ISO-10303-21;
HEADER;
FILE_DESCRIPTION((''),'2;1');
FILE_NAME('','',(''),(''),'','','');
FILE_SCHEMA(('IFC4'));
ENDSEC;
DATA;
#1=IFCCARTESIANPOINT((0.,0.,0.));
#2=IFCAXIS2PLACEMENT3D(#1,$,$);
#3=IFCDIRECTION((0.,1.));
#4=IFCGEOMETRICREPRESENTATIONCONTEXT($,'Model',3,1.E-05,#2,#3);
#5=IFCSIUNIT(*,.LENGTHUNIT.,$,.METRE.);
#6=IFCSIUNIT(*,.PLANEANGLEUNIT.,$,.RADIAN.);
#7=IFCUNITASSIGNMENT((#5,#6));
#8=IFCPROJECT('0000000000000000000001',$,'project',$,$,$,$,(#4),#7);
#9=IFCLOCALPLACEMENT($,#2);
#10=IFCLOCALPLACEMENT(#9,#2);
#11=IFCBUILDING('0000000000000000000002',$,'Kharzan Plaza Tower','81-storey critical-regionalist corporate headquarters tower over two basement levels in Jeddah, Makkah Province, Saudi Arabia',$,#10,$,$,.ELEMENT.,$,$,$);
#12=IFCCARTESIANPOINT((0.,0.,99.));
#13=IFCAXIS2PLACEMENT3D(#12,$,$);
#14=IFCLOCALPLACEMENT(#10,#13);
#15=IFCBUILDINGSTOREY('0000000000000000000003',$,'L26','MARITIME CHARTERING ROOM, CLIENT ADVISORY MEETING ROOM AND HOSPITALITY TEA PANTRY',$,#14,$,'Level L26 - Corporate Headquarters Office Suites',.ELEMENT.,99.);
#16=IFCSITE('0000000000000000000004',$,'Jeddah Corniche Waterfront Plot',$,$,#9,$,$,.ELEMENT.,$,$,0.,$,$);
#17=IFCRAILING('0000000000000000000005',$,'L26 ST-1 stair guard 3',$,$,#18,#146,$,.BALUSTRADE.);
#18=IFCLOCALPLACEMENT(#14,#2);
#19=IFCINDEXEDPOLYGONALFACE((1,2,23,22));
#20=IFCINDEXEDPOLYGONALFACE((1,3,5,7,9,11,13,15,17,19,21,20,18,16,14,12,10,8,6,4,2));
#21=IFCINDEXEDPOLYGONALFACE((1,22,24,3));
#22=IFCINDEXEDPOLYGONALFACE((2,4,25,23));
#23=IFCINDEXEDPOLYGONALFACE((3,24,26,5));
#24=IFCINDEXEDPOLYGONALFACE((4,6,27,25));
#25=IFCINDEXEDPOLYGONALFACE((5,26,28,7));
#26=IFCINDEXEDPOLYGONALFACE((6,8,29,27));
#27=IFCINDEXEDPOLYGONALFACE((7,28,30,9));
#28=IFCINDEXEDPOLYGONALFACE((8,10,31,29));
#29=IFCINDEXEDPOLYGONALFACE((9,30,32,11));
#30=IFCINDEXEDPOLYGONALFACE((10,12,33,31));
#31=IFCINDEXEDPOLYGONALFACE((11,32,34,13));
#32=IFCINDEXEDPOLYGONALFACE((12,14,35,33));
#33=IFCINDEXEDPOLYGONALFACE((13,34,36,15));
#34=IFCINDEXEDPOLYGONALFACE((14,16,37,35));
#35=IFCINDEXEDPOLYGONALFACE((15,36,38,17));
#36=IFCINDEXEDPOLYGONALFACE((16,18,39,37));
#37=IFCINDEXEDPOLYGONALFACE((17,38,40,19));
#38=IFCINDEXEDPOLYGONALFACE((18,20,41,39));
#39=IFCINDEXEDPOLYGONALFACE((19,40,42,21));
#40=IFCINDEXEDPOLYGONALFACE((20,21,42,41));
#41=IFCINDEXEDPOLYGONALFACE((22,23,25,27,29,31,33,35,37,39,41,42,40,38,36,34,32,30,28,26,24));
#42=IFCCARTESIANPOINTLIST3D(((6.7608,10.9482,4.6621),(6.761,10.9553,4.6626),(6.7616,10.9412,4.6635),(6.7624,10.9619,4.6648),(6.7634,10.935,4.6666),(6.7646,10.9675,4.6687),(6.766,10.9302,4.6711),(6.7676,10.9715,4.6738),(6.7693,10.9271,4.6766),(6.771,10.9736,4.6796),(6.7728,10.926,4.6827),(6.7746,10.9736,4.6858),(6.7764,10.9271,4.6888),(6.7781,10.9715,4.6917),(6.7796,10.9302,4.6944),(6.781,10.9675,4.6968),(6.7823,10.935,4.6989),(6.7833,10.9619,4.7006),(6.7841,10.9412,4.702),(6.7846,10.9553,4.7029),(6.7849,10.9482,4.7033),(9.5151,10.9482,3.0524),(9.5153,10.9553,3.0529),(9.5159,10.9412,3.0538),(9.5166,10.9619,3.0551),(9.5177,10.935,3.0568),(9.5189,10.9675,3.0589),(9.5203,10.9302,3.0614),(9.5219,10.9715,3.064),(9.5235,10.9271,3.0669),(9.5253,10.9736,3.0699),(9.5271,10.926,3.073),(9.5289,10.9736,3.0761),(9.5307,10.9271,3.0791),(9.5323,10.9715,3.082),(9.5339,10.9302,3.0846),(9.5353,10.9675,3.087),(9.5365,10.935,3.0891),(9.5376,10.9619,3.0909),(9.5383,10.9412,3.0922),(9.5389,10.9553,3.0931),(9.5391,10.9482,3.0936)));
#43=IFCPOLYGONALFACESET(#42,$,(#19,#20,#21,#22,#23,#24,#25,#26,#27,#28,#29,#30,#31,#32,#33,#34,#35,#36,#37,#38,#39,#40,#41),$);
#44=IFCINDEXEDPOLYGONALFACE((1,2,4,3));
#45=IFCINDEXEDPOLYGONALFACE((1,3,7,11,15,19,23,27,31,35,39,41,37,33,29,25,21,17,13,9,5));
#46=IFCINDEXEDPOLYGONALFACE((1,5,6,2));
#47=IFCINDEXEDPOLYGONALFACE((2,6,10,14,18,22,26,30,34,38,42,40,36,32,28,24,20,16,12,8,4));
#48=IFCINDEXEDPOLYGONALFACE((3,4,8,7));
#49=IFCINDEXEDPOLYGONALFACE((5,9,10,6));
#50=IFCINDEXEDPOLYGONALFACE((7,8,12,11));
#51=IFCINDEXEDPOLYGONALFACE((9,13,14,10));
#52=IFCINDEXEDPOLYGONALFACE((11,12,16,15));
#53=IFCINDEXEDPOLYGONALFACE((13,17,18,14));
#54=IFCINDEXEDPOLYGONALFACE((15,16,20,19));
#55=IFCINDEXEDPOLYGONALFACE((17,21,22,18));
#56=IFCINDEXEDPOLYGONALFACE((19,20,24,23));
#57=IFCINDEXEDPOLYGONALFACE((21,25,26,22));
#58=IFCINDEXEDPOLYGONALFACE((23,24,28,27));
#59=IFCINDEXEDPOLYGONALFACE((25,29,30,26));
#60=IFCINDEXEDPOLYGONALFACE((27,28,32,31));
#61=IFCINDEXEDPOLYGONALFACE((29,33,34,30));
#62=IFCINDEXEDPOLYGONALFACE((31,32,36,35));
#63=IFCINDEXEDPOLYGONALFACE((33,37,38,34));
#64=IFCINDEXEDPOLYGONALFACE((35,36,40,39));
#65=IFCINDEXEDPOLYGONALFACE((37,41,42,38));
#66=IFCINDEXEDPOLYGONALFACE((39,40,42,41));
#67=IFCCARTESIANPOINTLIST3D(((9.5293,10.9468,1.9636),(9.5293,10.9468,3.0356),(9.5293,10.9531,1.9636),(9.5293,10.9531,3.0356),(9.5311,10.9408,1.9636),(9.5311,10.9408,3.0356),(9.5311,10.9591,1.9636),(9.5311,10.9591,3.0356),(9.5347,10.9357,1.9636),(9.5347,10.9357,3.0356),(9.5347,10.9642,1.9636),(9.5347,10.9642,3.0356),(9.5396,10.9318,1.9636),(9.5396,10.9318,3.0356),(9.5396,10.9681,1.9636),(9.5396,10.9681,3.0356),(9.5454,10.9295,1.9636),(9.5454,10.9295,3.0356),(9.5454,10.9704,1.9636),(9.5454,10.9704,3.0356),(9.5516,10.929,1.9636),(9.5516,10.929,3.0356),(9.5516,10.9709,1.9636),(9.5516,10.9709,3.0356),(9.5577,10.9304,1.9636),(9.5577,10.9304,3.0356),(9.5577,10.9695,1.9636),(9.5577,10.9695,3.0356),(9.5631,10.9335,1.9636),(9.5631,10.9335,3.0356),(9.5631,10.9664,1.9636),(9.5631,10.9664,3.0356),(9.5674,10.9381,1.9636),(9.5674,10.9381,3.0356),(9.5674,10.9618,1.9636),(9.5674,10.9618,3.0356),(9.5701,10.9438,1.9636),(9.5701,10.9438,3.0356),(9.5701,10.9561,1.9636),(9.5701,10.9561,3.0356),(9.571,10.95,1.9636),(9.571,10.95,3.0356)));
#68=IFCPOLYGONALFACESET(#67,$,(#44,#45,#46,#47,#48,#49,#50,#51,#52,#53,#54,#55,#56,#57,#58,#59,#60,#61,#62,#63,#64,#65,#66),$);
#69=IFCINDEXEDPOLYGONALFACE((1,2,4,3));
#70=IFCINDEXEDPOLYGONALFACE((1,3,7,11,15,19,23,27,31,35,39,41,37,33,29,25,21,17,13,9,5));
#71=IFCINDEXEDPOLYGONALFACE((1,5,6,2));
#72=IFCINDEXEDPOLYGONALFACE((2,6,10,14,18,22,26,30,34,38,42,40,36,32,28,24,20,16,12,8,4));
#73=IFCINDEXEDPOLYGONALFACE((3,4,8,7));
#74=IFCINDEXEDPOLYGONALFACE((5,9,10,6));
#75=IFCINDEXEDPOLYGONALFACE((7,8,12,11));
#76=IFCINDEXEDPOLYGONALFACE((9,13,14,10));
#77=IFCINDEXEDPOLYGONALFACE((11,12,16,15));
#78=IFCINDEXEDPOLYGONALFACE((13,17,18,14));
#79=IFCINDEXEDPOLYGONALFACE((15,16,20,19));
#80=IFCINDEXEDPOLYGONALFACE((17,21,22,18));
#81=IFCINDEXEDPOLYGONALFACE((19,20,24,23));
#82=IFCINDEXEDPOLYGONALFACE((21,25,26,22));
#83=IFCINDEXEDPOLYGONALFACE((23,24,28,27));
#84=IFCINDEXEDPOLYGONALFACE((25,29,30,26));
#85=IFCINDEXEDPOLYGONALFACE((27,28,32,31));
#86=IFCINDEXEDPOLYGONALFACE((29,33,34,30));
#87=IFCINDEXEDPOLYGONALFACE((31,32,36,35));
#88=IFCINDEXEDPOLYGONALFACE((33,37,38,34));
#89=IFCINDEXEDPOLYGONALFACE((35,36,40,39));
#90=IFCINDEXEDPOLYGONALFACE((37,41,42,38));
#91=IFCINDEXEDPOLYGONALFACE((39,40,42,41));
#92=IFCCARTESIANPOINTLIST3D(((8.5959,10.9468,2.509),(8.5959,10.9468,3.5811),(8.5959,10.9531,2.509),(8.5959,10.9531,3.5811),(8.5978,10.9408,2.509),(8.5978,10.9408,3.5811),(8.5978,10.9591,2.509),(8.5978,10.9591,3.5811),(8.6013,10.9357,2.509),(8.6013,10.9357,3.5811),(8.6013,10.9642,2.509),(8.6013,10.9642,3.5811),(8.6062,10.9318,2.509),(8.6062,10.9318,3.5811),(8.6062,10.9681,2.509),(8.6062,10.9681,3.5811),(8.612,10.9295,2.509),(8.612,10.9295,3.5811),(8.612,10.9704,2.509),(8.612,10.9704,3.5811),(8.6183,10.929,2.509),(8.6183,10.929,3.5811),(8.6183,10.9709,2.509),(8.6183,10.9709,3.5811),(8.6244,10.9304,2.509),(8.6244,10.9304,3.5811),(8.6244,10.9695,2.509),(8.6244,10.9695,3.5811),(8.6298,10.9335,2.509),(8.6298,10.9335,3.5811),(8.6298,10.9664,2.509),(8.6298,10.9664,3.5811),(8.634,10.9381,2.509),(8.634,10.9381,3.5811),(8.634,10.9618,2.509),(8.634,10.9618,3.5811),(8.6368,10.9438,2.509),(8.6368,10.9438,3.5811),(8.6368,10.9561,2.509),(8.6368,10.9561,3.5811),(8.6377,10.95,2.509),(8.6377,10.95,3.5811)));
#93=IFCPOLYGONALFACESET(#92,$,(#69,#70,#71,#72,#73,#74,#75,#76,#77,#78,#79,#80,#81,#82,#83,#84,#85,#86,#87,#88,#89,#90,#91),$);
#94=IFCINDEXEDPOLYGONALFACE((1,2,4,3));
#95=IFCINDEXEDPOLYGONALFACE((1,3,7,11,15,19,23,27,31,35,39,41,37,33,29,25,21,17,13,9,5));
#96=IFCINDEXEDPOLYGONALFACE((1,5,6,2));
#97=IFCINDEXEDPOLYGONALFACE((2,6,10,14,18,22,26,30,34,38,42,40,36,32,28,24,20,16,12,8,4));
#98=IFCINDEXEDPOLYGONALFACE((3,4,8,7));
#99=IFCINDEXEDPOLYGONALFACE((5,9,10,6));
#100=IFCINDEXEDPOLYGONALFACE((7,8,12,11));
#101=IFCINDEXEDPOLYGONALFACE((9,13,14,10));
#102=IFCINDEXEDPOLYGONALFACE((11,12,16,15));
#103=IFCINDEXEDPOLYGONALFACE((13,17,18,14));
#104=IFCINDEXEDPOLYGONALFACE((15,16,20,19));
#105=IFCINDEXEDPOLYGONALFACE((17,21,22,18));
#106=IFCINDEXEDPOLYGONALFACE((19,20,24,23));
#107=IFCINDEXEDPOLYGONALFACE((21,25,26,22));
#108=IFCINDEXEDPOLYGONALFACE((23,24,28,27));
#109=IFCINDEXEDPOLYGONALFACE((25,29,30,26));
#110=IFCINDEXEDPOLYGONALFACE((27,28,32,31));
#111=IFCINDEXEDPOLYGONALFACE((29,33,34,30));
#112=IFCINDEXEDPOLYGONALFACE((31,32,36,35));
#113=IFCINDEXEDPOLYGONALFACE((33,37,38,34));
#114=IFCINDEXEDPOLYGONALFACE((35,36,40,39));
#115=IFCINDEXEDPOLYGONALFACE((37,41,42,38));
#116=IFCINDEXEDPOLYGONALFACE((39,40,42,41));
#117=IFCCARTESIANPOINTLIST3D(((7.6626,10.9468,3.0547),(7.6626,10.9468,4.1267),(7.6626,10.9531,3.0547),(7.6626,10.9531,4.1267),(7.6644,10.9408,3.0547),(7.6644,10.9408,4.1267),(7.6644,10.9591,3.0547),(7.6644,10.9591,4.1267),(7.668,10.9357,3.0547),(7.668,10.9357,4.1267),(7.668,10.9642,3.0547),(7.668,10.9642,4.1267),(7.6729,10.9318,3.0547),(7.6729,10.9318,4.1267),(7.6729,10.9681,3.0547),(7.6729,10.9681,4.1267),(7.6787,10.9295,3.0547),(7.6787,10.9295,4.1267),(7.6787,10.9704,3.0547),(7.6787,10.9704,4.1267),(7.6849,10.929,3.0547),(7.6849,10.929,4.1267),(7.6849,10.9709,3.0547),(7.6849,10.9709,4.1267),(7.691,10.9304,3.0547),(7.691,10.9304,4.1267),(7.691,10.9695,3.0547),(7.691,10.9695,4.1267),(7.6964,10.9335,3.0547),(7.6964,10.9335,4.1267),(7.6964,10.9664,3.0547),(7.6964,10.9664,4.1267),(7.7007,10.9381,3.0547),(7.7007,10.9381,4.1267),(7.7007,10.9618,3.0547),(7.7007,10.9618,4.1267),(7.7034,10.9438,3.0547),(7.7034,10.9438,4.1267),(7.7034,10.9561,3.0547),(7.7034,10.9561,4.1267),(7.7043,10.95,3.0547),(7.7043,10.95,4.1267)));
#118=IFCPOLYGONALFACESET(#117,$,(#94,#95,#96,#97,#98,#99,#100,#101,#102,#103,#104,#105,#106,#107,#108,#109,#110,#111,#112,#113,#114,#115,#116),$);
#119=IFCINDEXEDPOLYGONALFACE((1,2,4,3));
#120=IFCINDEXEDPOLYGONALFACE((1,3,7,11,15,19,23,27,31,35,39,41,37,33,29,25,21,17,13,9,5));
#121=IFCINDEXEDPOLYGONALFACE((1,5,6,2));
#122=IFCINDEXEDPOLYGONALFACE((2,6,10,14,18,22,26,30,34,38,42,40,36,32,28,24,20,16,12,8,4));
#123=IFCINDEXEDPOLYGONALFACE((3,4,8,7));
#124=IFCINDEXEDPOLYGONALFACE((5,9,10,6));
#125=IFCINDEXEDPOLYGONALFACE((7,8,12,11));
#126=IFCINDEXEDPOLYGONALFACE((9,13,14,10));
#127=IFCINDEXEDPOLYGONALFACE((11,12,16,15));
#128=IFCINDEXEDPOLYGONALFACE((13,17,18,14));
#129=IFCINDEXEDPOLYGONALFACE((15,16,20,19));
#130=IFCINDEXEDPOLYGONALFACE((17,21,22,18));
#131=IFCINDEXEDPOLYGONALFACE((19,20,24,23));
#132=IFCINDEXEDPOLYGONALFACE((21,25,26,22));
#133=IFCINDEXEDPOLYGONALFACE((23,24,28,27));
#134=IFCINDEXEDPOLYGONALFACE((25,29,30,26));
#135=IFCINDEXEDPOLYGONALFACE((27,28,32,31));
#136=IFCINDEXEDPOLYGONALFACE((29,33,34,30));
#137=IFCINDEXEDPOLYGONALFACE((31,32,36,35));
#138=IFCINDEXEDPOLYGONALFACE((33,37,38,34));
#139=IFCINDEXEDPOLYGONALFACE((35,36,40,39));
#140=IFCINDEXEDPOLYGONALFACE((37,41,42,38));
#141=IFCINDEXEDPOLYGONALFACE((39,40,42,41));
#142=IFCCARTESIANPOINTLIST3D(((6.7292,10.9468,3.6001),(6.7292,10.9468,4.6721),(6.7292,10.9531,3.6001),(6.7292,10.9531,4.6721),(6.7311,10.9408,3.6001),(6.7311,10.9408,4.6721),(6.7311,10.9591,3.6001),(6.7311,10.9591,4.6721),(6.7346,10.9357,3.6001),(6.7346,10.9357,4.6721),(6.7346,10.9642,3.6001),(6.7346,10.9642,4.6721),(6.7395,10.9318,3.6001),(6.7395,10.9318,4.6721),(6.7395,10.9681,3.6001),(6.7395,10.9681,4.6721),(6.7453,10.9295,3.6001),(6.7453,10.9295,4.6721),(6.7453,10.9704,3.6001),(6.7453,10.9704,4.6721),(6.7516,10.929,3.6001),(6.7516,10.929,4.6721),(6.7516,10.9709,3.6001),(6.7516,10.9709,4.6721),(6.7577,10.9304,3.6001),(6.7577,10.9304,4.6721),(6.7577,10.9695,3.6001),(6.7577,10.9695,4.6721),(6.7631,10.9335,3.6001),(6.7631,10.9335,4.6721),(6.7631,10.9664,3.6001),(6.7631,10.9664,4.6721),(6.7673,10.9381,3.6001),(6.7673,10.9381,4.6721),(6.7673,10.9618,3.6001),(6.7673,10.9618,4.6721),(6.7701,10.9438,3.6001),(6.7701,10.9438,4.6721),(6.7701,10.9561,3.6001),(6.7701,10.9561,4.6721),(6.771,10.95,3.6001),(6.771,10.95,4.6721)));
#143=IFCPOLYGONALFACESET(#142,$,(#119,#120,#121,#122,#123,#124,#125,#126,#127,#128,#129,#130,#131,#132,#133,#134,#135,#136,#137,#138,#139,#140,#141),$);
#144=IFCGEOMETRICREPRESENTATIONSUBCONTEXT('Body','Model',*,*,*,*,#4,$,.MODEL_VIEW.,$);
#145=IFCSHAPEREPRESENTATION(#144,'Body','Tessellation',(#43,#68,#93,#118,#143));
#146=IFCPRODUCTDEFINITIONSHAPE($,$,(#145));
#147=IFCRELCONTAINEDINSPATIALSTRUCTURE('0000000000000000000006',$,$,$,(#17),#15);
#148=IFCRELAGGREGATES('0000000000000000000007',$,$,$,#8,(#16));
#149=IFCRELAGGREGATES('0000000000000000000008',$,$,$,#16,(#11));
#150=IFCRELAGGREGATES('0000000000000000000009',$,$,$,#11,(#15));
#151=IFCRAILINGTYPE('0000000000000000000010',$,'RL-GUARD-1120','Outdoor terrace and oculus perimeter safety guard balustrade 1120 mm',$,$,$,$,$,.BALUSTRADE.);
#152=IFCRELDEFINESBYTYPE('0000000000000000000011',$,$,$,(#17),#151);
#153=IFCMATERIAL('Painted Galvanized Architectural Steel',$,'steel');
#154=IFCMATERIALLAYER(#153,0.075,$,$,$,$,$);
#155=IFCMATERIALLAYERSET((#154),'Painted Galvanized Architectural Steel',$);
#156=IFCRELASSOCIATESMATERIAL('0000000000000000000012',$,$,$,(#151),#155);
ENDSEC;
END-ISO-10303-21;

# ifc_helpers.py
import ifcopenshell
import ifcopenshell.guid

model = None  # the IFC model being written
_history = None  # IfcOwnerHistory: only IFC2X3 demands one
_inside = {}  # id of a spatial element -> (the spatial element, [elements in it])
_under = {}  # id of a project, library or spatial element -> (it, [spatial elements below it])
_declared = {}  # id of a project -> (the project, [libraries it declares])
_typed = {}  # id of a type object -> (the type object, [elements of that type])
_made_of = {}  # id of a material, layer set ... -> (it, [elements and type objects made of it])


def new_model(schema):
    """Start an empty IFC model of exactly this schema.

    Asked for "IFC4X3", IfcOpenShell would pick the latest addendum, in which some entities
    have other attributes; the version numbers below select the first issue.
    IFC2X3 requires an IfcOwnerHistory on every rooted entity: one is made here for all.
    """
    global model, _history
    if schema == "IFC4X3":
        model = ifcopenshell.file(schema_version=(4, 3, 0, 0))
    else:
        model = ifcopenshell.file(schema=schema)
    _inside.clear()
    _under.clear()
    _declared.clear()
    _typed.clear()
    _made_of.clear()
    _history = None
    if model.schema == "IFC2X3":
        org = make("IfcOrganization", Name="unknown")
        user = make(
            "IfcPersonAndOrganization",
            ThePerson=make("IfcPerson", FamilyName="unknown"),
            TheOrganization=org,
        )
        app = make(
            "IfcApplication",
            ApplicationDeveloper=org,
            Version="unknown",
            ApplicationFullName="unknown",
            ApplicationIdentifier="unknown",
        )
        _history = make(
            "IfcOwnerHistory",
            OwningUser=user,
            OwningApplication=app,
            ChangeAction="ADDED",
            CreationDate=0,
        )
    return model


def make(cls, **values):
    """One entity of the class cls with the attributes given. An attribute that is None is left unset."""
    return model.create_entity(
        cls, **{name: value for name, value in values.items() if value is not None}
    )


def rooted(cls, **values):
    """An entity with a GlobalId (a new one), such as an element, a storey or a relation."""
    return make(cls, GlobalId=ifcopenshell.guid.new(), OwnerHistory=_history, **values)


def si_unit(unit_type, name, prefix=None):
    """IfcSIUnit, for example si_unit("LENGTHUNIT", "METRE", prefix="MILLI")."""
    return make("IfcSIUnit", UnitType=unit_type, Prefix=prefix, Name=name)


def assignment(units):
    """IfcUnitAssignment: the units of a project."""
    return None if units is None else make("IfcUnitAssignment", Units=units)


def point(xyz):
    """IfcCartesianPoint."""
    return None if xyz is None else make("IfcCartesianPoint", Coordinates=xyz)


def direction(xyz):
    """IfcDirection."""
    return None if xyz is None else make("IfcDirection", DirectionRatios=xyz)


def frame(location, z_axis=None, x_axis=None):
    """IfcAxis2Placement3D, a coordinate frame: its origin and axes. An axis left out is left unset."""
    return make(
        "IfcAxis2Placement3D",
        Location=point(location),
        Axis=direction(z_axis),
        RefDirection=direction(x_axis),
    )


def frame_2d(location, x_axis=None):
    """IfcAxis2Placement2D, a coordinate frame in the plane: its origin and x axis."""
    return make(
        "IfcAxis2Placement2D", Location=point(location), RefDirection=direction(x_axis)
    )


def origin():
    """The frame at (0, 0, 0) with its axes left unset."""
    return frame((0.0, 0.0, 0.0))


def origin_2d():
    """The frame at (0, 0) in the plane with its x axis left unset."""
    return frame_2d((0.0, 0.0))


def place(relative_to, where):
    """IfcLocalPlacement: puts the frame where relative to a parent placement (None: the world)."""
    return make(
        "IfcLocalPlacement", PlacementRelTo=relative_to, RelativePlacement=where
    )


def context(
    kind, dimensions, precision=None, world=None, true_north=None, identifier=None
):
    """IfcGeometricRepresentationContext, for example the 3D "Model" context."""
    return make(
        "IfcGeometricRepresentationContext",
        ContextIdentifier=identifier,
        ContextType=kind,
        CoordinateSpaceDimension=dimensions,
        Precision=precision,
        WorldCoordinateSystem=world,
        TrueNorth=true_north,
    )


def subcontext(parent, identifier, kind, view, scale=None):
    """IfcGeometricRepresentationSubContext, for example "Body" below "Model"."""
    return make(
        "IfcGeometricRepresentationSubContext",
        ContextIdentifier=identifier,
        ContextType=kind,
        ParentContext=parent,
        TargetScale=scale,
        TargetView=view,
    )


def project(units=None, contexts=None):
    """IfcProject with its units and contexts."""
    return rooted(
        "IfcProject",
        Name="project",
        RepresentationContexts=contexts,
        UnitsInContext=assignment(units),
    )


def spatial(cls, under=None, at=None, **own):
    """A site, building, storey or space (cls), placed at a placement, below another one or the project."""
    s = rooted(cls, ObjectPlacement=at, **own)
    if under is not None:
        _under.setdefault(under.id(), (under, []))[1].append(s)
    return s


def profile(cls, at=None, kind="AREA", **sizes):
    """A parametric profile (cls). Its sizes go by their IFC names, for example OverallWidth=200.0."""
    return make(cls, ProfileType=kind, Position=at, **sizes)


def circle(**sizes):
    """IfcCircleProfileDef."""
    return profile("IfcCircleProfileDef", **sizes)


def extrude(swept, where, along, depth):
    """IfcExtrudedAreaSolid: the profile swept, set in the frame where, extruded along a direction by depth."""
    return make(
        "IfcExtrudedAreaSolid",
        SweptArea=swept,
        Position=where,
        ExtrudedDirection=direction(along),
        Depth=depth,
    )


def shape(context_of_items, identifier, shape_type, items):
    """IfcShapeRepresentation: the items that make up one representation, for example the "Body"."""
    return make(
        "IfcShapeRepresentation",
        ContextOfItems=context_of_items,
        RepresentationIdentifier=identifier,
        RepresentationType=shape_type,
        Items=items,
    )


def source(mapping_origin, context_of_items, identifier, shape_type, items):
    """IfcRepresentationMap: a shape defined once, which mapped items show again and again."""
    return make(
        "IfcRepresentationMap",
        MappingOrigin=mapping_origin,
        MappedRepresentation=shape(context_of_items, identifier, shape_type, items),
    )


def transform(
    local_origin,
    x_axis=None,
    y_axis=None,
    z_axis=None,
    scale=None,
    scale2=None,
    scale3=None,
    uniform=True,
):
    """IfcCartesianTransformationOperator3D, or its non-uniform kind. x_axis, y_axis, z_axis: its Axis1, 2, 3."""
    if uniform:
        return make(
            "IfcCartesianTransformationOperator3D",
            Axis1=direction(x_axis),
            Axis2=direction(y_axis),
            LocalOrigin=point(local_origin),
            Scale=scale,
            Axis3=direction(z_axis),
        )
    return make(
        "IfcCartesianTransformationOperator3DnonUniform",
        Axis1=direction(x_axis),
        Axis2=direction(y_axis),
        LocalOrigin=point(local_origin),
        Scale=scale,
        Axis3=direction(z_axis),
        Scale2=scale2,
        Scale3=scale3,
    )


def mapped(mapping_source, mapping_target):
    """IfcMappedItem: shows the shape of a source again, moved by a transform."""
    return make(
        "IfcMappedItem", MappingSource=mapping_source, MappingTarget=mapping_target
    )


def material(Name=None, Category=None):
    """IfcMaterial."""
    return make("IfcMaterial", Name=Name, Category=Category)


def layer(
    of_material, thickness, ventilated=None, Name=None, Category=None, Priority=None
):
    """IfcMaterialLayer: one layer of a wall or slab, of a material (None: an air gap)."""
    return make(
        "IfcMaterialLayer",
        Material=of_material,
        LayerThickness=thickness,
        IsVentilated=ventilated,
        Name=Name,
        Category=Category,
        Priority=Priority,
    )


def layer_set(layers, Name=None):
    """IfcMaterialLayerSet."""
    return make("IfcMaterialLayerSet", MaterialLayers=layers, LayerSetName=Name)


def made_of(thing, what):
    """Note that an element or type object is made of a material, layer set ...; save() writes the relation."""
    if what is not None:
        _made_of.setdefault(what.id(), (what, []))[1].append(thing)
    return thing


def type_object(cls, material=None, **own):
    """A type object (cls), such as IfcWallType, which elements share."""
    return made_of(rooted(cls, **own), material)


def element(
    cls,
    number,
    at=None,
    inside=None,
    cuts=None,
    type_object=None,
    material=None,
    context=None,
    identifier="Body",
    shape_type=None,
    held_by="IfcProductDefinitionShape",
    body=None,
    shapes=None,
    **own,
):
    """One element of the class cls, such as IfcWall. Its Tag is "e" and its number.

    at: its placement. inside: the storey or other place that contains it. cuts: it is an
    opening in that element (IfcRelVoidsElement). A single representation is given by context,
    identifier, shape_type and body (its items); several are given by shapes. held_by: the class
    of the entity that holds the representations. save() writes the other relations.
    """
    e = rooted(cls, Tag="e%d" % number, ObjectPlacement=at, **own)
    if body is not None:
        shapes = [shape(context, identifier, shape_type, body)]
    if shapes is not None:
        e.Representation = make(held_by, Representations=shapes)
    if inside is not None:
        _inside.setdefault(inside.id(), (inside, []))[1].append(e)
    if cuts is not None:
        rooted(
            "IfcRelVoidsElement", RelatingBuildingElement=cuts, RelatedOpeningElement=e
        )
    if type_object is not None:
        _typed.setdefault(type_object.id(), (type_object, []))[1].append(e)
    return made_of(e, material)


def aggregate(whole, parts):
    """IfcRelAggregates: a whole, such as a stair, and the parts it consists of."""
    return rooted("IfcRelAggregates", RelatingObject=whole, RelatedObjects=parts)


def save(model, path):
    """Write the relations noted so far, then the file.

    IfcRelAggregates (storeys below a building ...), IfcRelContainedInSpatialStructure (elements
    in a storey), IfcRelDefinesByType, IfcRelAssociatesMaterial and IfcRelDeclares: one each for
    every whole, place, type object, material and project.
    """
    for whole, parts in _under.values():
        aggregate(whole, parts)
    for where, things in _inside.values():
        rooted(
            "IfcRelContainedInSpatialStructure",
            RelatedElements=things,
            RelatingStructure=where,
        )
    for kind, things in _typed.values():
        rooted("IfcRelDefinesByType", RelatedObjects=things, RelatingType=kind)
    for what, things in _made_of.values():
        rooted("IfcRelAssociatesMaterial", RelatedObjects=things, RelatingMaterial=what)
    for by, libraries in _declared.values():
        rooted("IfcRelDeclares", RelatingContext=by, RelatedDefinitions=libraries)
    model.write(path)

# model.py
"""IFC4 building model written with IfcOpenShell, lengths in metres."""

from ifc_helpers import new_model, si_unit, direction, frame, origin, origin_2d, place, context, subcontext, project, spatial, circle, extrude, source, transform, mapped, material, layer, layer_set, type_object, element, save


model = new_model("IFC4")

# Units and contexts
model_context = context("Model", 3, precision=1e-05, world=origin(), true_north=direction((0.0, 1.0)))
body_context = subcontext(model_context, "Body", "Model", "MODEL_VIEW")
ifc_project = project(units=[si_unit("LENGTHUNIT", "METRE"), si_unit("PLANEANGLEUNIT", "RADIAN")], contexts=[model_context])

# Site, building, storey
site_placement = place(None, origin())
site = spatial("IfcSite", under=ifc_project, at=site_placement, Name="Jeddah Corniche Waterfront Plot", CompositionType="ELEMENT", RefElevation=0.0)
building_placement = place(site_placement, origin())
building = spatial("IfcBuilding", under=site, at=building_placement, Name="Kharzan Plaza Tower", Description="81-storey critical-regionalist corporate headquarters tower over two basement levels in Jeddah, Makkah Province, Saudi Arabia", CompositionType="ELEMENT")
storey_placement = place(building_placement, frame((0.0, 0.0, 99.0)))
storey = spatial("IfcBuildingStorey", under=building, at=storey_placement, Name="L26", Description="MARITIME CHARTERING ROOM, CLIENT ADVISORY MEETING ROOM AND HOSPITALITY TEA PANTRY", LongName="Level L26 - Corporate Headquarters Office Suites", CompositionType="ELEMENT", Elevation=99.0)

# Shared definitions
ifc_material_1 = material(Name="Painted Galvanized Architectural Steel", Category="steel")
ifc_layer_1 = layer(ifc_material_1, 0.075)
ifc_layer_set_1 = layer_set([ifc_layer_1], Name="Painted Galvanized Architectural Steel")
railing_type = type_object("IfcRailingType", Name="RL-GUARD-1120", Description="Outdoor terrace and oculus perimeter safety guard balustrade 1120 mm", PredefinedType="BALUSTRADE", material=ifc_layer_set_1)

# Railing
shared_shape_1 = source(origin(), body_context, "Body", "SweptSolid", [
    extrude(circle(Radius=0.0239, at=origin_2d()), frame((-0.0229, 0.0, 1.1094), z_axis=(-0.863361, 0.0, 0.504587), x_axis=(0.0, -1.0, 0.0)), (0.0, 0.0, 1.0), 3.1902),
    extrude(circle(Radius=0.021, at=origin_2d()), origin(), (0.0, 0.0, 1.0), 1.072),
    extrude(circle(Radius=0.021, at=origin_2d()), frame((-0.9333, 0.0, 0.5454)), (0.0, 0.0, 1.0), 1.072),
    extrude(circle(Radius=0.021, at=origin_2d()), frame((-1.8667, 0.0, 1.0911)), (0.0, 0.0, 1.0), 1.072),
    extrude(circle(Radius=0.021, at=origin_2d()), frame((-2.8, 0.0, 1.6365)), (0.0, 0.0, 1.0), 1.072),
])
railing_1_placement = place(storey_placement, frame((9.55, 10.95, 1.9636)))
element("IfcRailing", 1, at=railing_1_placement, inside=storey, type_object=railing_type, Name="L26 ST-1 stair guard 3", PredefinedType="BALUSTRADE", context=body_context, shape_type="MappedRepresentation", body=[
    mapped(shared_shape_1, transform((0.0, 0.0, 0.0), x_axis=(1.0, 0.0, 0.0), y_axis=(0.0, 1.0, 0.0), z_axis=(0.0, 0.0, 1.0))),
])

save(model, "model.ifc")
